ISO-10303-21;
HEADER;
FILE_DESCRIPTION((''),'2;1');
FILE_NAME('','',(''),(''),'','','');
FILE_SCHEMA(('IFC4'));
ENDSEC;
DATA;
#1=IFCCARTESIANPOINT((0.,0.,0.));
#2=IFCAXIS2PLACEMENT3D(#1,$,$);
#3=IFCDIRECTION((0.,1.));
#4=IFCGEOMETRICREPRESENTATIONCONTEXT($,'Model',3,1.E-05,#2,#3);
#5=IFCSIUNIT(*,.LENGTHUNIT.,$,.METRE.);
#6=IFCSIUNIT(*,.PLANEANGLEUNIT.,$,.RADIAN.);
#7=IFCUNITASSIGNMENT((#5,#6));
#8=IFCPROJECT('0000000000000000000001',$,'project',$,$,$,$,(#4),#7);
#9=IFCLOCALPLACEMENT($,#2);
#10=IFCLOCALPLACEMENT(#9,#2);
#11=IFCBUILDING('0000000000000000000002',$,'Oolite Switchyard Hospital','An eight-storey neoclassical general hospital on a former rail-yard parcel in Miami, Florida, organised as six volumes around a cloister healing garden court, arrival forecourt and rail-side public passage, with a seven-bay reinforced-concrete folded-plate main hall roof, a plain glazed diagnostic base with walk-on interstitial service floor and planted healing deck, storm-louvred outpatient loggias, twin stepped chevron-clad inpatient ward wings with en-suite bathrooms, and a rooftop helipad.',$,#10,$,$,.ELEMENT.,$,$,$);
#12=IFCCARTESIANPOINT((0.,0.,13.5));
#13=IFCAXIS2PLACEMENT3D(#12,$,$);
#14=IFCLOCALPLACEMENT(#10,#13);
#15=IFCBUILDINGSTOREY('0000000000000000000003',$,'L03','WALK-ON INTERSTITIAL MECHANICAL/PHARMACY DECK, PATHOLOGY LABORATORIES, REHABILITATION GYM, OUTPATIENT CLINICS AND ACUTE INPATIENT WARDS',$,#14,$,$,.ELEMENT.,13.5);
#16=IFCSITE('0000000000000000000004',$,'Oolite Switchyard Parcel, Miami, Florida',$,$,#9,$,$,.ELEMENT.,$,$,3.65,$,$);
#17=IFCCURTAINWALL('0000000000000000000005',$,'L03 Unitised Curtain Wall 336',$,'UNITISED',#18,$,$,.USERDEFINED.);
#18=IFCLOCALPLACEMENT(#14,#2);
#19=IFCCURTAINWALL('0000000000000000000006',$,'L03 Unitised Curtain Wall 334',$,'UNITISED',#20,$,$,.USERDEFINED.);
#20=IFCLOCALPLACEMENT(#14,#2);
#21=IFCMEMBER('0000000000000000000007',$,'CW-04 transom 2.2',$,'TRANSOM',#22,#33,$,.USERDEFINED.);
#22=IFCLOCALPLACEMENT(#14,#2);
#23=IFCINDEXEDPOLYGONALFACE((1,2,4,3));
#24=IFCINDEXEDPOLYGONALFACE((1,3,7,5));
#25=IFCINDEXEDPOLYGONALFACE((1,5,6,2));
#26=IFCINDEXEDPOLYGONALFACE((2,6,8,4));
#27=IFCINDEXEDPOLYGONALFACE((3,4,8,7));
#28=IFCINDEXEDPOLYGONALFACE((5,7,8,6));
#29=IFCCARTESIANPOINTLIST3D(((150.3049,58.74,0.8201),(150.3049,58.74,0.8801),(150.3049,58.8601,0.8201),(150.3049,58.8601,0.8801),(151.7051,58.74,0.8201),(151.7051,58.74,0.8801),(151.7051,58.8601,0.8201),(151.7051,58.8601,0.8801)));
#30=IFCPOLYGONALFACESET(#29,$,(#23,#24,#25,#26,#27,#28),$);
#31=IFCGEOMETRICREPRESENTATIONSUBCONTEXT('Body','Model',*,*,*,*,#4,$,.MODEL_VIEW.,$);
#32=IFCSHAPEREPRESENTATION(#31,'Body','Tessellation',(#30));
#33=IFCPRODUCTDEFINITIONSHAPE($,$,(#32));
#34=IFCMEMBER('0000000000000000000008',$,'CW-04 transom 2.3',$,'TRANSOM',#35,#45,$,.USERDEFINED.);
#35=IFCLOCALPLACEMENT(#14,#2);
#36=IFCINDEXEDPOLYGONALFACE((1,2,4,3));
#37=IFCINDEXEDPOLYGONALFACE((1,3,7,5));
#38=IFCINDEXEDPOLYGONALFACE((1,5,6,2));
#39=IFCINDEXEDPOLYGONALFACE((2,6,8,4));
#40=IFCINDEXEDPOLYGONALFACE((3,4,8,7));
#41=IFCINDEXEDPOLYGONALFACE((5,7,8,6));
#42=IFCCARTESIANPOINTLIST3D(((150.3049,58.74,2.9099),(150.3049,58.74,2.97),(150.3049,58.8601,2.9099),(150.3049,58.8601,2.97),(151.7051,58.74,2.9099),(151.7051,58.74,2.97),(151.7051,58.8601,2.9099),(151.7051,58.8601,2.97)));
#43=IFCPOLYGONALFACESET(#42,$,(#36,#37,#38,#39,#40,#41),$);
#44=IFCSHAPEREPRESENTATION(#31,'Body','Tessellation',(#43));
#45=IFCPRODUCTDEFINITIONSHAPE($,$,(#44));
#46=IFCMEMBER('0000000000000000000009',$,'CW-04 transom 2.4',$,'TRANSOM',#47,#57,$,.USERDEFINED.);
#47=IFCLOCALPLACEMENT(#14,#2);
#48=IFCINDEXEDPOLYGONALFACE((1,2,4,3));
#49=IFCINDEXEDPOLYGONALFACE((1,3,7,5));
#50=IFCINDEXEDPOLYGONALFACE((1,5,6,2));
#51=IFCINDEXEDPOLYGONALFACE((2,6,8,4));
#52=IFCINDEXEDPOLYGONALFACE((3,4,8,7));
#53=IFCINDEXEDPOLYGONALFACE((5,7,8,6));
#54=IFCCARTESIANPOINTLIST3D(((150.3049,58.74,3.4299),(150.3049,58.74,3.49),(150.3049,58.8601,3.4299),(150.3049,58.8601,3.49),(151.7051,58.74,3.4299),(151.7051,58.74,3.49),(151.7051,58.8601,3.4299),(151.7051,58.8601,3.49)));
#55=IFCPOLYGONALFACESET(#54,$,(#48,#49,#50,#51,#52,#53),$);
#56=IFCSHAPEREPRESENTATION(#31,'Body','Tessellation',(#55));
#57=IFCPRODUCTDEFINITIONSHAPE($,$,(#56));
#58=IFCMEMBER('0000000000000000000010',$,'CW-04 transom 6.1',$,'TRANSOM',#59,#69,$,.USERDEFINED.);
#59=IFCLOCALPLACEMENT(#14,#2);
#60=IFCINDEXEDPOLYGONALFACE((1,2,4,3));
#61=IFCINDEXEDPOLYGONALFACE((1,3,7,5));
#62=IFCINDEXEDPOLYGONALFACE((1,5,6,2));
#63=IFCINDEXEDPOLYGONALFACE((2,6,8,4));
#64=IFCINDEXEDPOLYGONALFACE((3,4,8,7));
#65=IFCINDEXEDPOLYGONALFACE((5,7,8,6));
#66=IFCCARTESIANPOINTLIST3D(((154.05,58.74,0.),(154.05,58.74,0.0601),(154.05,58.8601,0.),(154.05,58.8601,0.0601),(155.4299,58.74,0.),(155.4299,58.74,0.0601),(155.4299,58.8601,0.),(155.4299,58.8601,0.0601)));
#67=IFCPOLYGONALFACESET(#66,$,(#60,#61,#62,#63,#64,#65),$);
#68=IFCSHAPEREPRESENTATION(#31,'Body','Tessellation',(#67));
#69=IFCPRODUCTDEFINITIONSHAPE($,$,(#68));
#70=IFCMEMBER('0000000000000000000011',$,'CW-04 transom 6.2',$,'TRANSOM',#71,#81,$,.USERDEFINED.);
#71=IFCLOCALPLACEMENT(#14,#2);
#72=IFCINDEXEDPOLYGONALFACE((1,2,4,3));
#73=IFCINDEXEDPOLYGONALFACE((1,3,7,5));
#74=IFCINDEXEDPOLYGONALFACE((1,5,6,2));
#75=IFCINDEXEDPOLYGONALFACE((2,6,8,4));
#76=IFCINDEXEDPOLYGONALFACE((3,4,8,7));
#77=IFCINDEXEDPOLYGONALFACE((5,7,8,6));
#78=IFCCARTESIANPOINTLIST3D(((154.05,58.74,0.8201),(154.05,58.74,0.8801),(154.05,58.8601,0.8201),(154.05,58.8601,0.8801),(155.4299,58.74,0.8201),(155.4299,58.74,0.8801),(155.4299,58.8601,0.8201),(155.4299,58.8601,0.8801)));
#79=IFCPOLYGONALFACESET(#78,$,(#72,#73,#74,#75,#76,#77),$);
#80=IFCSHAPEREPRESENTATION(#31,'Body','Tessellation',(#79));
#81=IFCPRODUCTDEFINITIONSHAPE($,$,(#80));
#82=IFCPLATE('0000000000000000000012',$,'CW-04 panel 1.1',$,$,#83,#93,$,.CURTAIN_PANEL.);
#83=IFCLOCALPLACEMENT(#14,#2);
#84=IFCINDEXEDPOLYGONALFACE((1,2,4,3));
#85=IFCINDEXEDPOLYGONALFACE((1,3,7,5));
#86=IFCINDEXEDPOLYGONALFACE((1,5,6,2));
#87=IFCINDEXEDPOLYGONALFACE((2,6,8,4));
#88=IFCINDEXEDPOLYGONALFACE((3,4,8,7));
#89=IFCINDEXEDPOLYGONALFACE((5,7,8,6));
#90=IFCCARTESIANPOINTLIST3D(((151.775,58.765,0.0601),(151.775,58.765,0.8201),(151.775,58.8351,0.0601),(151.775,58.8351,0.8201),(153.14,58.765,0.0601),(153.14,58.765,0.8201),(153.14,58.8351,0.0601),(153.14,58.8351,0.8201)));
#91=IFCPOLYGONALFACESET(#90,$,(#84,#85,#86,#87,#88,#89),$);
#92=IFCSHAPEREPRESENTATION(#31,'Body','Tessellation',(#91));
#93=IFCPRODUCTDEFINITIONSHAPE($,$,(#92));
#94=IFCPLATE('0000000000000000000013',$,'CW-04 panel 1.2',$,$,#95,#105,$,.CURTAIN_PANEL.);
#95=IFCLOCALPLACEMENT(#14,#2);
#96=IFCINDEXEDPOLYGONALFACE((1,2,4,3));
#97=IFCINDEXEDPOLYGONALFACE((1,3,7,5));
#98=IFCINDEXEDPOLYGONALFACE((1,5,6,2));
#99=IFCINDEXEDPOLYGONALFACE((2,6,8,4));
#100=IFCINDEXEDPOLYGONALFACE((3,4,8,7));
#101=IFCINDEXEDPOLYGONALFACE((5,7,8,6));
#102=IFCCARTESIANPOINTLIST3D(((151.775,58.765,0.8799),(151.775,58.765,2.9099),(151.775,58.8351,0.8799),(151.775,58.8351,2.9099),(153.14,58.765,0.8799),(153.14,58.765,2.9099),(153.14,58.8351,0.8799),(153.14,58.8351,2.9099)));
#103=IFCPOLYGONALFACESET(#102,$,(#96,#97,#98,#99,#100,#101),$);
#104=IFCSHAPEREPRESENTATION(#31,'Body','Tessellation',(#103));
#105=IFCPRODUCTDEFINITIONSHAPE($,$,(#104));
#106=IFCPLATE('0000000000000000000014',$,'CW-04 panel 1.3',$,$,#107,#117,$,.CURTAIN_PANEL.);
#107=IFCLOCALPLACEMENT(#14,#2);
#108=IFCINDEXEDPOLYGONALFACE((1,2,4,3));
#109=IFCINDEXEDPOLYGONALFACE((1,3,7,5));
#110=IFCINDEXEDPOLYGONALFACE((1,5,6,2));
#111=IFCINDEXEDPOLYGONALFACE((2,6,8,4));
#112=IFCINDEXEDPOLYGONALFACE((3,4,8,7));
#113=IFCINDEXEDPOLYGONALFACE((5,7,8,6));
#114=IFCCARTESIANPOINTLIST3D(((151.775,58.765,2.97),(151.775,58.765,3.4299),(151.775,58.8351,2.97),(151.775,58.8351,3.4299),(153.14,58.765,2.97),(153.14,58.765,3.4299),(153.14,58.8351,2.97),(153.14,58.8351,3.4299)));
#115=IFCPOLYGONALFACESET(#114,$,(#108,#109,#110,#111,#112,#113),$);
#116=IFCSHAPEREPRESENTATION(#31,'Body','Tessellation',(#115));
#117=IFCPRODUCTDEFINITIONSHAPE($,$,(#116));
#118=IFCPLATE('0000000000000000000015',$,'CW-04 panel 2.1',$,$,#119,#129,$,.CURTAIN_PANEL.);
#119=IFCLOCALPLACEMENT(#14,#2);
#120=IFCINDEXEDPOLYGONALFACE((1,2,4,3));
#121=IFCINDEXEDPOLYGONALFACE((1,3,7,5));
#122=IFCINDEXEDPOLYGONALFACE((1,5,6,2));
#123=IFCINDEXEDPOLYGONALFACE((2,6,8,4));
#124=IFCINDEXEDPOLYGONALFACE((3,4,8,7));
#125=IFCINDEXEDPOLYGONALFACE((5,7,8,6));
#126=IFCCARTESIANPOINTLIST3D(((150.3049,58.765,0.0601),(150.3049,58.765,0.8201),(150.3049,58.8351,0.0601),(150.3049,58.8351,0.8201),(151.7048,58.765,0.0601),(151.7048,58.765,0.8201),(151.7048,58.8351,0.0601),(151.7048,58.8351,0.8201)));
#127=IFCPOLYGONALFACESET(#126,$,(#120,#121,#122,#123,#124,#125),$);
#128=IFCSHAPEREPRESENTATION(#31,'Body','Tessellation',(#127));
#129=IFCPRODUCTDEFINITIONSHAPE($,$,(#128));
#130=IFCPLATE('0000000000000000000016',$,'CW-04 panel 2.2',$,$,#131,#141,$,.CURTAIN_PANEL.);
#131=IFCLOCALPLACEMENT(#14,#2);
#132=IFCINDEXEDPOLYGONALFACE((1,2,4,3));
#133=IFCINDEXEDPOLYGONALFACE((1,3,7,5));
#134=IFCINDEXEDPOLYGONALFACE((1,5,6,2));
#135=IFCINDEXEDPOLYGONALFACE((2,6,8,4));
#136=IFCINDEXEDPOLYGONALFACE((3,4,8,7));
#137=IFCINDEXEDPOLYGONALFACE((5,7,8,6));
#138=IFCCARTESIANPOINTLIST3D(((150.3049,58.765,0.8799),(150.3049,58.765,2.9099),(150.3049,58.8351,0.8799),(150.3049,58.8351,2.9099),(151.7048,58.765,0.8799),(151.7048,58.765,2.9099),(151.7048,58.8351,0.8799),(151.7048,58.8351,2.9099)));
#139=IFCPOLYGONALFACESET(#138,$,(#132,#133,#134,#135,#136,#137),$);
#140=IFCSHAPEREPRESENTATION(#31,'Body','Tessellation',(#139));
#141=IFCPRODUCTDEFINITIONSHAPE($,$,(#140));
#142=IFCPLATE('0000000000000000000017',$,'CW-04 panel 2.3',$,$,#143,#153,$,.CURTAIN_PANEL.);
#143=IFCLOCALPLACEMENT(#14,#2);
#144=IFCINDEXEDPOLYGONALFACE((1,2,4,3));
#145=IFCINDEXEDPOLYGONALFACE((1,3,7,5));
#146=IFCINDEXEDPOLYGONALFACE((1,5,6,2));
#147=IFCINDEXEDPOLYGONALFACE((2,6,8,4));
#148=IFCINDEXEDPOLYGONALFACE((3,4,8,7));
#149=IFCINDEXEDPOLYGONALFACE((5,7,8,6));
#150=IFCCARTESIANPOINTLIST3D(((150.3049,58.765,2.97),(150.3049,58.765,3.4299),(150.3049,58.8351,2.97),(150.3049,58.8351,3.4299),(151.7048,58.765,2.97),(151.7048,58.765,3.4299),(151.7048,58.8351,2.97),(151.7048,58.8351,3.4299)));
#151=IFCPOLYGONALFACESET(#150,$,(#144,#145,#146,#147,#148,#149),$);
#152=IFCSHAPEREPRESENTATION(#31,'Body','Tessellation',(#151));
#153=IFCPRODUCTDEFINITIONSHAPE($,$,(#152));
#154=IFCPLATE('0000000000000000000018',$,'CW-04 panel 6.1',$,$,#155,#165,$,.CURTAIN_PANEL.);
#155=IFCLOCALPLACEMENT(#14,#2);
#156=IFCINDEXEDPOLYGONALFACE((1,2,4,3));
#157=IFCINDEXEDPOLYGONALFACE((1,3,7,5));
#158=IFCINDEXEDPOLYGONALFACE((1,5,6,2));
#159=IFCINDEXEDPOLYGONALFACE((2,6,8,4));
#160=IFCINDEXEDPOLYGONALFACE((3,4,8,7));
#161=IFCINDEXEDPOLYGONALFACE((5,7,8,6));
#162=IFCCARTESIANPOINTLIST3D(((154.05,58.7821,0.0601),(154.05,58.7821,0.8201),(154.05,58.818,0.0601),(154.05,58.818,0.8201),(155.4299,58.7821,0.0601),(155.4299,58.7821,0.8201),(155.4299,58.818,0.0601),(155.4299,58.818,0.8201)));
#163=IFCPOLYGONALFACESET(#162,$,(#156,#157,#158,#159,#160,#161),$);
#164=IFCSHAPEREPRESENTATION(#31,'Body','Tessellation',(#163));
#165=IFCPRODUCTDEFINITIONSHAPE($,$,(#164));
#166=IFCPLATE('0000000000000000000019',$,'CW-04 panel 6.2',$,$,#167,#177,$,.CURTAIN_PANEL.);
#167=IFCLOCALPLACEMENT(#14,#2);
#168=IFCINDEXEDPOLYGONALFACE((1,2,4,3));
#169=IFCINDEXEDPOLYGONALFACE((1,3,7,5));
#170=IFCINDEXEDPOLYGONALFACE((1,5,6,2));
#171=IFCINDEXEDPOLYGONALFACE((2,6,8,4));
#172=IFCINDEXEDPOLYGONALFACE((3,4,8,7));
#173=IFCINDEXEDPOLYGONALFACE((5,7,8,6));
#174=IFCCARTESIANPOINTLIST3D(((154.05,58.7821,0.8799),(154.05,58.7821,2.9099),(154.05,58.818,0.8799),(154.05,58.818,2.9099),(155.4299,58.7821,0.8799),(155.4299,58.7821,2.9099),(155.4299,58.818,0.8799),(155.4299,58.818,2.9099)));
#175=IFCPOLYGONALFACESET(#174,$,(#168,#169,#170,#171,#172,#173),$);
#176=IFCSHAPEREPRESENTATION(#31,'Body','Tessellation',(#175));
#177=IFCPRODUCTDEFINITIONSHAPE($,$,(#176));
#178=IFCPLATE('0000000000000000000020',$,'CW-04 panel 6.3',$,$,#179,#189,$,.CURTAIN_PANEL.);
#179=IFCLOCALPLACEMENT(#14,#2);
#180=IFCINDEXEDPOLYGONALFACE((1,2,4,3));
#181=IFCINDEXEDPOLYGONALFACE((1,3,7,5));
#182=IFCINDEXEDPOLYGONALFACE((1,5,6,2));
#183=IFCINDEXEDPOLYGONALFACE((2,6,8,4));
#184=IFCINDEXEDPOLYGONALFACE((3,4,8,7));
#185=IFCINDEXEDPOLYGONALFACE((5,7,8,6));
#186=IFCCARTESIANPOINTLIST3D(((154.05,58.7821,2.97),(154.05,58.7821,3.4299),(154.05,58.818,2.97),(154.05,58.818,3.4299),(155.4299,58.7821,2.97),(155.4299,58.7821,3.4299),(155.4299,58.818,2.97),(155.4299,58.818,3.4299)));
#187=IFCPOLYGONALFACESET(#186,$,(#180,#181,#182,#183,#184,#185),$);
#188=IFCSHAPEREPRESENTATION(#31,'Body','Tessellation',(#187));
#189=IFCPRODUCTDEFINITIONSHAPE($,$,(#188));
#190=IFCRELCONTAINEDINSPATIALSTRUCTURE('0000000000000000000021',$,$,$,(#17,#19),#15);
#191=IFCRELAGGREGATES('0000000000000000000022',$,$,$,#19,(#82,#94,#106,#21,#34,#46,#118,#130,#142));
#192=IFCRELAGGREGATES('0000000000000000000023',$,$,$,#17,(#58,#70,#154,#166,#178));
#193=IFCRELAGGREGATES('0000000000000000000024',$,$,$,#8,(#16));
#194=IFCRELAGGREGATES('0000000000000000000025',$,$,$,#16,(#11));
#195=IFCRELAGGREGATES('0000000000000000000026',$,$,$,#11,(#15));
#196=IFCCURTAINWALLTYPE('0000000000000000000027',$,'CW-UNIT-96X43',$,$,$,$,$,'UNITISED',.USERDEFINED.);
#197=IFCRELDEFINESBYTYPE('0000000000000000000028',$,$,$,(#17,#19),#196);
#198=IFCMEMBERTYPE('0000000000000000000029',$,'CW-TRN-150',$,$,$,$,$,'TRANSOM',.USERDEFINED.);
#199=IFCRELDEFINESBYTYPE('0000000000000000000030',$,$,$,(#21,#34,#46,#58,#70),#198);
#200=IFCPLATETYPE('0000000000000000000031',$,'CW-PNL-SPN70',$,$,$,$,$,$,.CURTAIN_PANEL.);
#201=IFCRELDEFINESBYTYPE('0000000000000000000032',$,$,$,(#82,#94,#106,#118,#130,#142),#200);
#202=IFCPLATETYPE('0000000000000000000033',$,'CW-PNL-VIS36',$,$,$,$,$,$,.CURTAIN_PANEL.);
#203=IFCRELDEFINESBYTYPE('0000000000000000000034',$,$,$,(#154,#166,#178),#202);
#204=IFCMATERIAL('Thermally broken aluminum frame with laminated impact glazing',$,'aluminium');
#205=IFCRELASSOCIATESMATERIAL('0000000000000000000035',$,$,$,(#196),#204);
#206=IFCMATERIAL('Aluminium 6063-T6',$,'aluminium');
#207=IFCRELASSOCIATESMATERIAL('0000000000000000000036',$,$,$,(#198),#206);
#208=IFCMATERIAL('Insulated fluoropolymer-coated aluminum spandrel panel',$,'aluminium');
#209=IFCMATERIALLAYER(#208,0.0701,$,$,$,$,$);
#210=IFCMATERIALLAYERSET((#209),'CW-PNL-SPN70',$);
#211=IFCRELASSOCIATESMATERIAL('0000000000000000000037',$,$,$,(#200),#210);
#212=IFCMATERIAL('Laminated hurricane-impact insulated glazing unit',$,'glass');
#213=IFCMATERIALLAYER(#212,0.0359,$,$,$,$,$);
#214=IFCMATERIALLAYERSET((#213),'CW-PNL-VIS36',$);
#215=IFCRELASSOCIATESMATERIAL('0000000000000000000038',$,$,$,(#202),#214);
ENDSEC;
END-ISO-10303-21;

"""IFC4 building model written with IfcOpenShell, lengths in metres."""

from ifc_helpers import new_model, si_unit, direction, frame, origin, origin_2d, place, context, subcontext, project, spatial, rectangle, extrude, material, layer, layer_set, material_profile, profile_set, type_object, element, aggregate, save


model = new_model("IFC4")

# Units and contexts
model_context = context("Model", 3, precision=1e-05, world=origin(), true_north=direction((0.0, 1.0)))
body_context = subcontext(model_context, "Body", "Model", "MODEL_VIEW")
ifc_project = project(units=[si_unit("LENGTHUNIT", "METRE"), si_unit("PLANEANGLEUNIT", "RADIAN")], contexts=[model_context])

# Site, building, storey
site_placement = place(None, origin())
site = spatial("IfcSite", under=ifc_project, at=site_placement, Name="Oolite Switchyard Parcel, Miami, Florida", CompositionType="ELEMENT", RefElevation=3.65)
building_placement = place(site_placement, origin())
building = spatial("IfcBuilding", under=site, at=building_placement, Name="Oolite Switchyard Hospital", Description="An eight-storey neoclassical general hospital on a former rail-yard parcel in Miami, Florida, organised as six volumes around a cloister healing garden court, arrival forecourt and rail-side public passage, with a seven-bay reinforced-concrete folded-plate main hall roof, a plain glazed diagnostic base with walk-on interstitial service floor and planted healing deck, storm-louvred outpatient loggias, twin stepped chevron-clad inpatient ward wings with en-suite bathrooms, and a rooftop helipad.", CompositionType="ELEMENT")
storey_placement = place(building_placement, frame((0.0, 0.0, 13.5)))
storey = spatial("IfcBuildingStorey", under=building, at=storey_placement, Name="L03", Description="WALK-ON INTERSTITIAL MECHANICAL/PHARMACY DECK, PATHOLOGY LABORATORIES, REHABILITATION GYM, OUTPATIENT CLINICS AND ACUTE INPATIENT WARDS", CompositionType="ELEMENT", Elevation=13.5)

# Curtain wall
ifc_material_1 = material(Name="Thermally broken aluminum frame with laminated impact glazing", Category="aluminium")
curtain_wall_type = type_object("IfcCurtainWallType", Name="CW-UNIT-96X43", ElementType="UNITISED", PredefinedType="USERDEFINED", material=ifc_material_1)
curtain_wall_1_placement = place(storey_placement, origin())
curtain_wall_1 = element("IfcCurtainWall", 1, at=curtain_wall_1_placement, inside=storey, type_object=curtain_wall_type, Name="L03 Unitised Curtain Wall 336", ObjectType="UNITISED", PredefinedType="USERDEFINED")
ifc_material_2 = material(Name="Aluminium 6063-T6", Category="aluminium")

# Curtain wall, members
curtain_wall_2_placement = place(storey_placement, origin())
curtain_wall_2 = element("IfcCurtainWall", 2, at=curtain_wall_2_placement, inside=storey, type_object=curtain_wall_type, Name="L03 Unitised Curtain Wall 334", ObjectType="UNITISED", PredefinedType="USERDEFINED")
ifc_material_profile_1 = material_profile(ifc_material_2, rectangle(XDim=0.1201, YDim=0.0601, at=origin_2d()), Name="CWT60X120")
ifc_profile_set_1 = profile_set([ifc_material_profile_1], Name="Aluminium 6063-T6")
member_type_1 = type_object("IfcMemberType", Name="CW-TRN-150", ElementType="TRANSOM", PredefinedType="USERDEFINED", material=ifc_profile_set_1)
member_1_placement = place(storey_placement, frame((151.7051, 58.8, 0.8501), z_axis=(-1.0, 0.0, 0.0), x_axis=(0.0, -1.0, 0.0)))
member_1 = element("IfcMember", 3, at=member_1_placement, type_object=member_type_1, Name="CW-04 transom 2.2", ObjectType="TRANSOM", PredefinedType="USERDEFINED", context=body_context, shape_type="SweptSolid", body=[
    extrude(rectangle(XDim=0.1201, YDim=0.0601, at=origin_2d()), origin(), (0.0, 0.0, 1.0), 1.4001),
])
member_2_placement = place(storey_placement, frame((151.7051, 58.8, 2.9399), z_axis=(-1.0, 0.0, 0.0), x_axis=(0.0, -1.0, 0.0)))
member_2 = element("IfcMember", 4, at=member_2_placement, type_object=member_type_1, Name="CW-04 transom 2.3", ObjectType="TRANSOM", PredefinedType="USERDEFINED", context=body_context, shape_type="SweptSolid", body=[
    extrude(rectangle(XDim=0.1201, YDim=0.0601, at=origin_2d()), origin(), (0.0, 0.0, 1.0), 1.4001),
])
member_3_placement = place(storey_placement, frame((151.7051, 58.8, 3.46), z_axis=(-1.0, 0.0, 0.0), x_axis=(0.0, -1.0, 0.0)))
member_3 = element("IfcMember", 5, at=member_3_placement, type_object=member_type_1, Name="CW-04 transom 2.4", ObjectType="TRANSOM", PredefinedType="USERDEFINED", context=body_context, shape_type="SweptSolid", body=[
    extrude(rectangle(XDim=0.1201, YDim=0.0601, at=origin_2d()), origin(), (0.0, 0.0, 1.0), 1.4001),
])

# Members
member_4_placement = place(storey_placement, frame((155.4299, 58.8, 0.03), z_axis=(-1.0, 0.0, 0.0), x_axis=(0.0, -1.0, 0.0)))
member_4 = element("IfcMember", 6, at=member_4_placement, type_object=member_type_1, Name="CW-04 transom 6.1", ObjectType="TRANSOM", PredefinedType="USERDEFINED", context=body_context, shape_type="SweptSolid", body=[
    extrude(rectangle(XDim=0.1201, YDim=0.0601, at=origin_2d()), origin(), (0.0, 0.0, 1.0), 1.3799),
])
member_5_placement = place(storey_placement, frame((155.4299, 58.8, 0.8501), z_axis=(-1.0, 0.0, 0.0), x_axis=(0.0, -1.0, 0.0)))
member_5 = element("IfcMember", 7, at=member_5_placement, type_object=member_type_1, Name="CW-04 transom 6.2", ObjectType="TRANSOM", PredefinedType="USERDEFINED", context=body_context, shape_type="SweptSolid", body=[
    extrude(rectangle(XDim=0.1201, YDim=0.0601, at=origin_2d()), origin(), (0.0, 0.0, 1.0), 1.3799),
])

# Plates
ifc_material_3 = material(Name="Insulated fluoropolymer-coated aluminum spandrel panel", Category="aluminium")
ifc_layer_1 = layer(ifc_material_3, 0.0701)
ifc_layer_set_1 = layer_set([ifc_layer_1], Name="CW-PNL-SPN70")
plate_type_1 = type_object("IfcPlateType", Name="CW-PNL-SPN70", PredefinedType="CURTAIN_PANEL", material=ifc_layer_set_1)
plate_1_placement = place(storey_placement, frame((152.4575, 58.8, 0.0601), z_axis=(0.0, 0.0, 1.0), x_axis=(-1.0, 0.0, 0.0)))
plate_1 = element("IfcPlate", 8, at=plate_1_placement, type_object=plate_type_1, Name="CW-04 panel 1.1", PredefinedType="CURTAIN_PANEL", context=body_context, shape_type="SweptSolid", body=[
    extrude(rectangle(XDim=1.365, YDim=0.0701, at=origin_2d()), origin(), (0.0, 0.0, 1.0), 0.76),
])
plate_2_placement = place(storey_placement, frame((152.4575, 58.8, 0.8799), z_axis=(0.0, 0.0, 1.0), x_axis=(-1.0, 0.0, 0.0)))
plate_2 = element("IfcPlate", 9, at=plate_2_placement, type_object=plate_type_1, Name="CW-04 panel 1.2", PredefinedType="CURTAIN_PANEL", context=body_context, shape_type="SweptSolid", body=[
    extrude(rectangle(XDim=1.365, YDim=0.0701, at=origin_2d()), origin(), (0.0, 0.0, 1.0), 2.03),
])
plate_3_placement = place(storey_placement, frame((152.4575, 58.8, 2.97), z_axis=(0.0, 0.0, 1.0), x_axis=(-1.0, 0.0, 0.0)))
plate_3 = element("IfcPlate", 10, at=plate_3_placement, type_object=plate_type_1, Name="CW-04 panel 1.3", PredefinedType="CURTAIN_PANEL", context=body_context, shape_type="SweptSolid", body=[
    extrude(rectangle(XDim=1.365, YDim=0.0701, at=origin_2d()), origin(), (0.0, 0.0, 1.0), 0.46),
])
plate_4_placement = place(storey_placement, frame((151.0049, 58.8, 0.0601), z_axis=(0.0, 0.0, 1.0), x_axis=(-1.0, 0.0, 0.0)))
plate_4 = element("IfcPlate", 11, at=plate_4_placement, type_object=plate_type_1, Name="CW-04 panel 2.1", PredefinedType="CURTAIN_PANEL", context=body_context, shape_type="SweptSolid", body=[
    extrude(rectangle(XDim=1.3999, YDim=0.0701, at=origin_2d()), origin(), (0.0, 0.0, 1.0), 0.76),
])
plate_5_placement = place(storey_placement, frame((151.0049, 58.8, 0.8799), z_axis=(0.0, 0.0, 1.0), x_axis=(-1.0, 0.0, 0.0)))
plate_5 = element("IfcPlate", 12, at=plate_5_placement, type_object=plate_type_1, Name="CW-04 panel 2.2", PredefinedType="CURTAIN_PANEL", context=body_context, shape_type="SweptSolid", body=[
    extrude(rectangle(XDim=1.3999, YDim=0.0701, at=origin_2d()), origin(), (0.0, 0.0, 1.0), 2.03),
])
plate_6_placement = place(storey_placement, frame((151.0049, 58.8, 2.97), z_axis=(0.0, 0.0, 1.0), x_axis=(-1.0, 0.0, 0.0)))
plate_6 = element("IfcPlate", 13, at=plate_6_placement, type_object=plate_type_1, Name="CW-04 panel 2.3", PredefinedType="CURTAIN_PANEL", context=body_context, shape_type="SweptSolid", body=[
    extrude(rectangle(XDim=1.3999, YDim=0.0701, at=origin_2d()), origin(), (0.0, 0.0, 1.0), 0.46),
])
aggregate(curtain_wall_2, [plate_1, plate_2, plate_3, member_1, member_2, member_3, plate_4, plate_5, plate_6])
ifc_material_4 = material(Name="Laminated hurricane-impact insulated glazing unit", Category="glass")
ifc_layer_2 = layer(ifc_material_4, 0.0359)
ifc_layer_set_2 = layer_set([ifc_layer_2], Name="CW-PNL-VIS36")
plate_type_2 = type_object("IfcPlateType", Name="CW-PNL-VIS36", PredefinedType="CURTAIN_PANEL", material=ifc_layer_set_2)
plate_7_placement = place(storey_placement, frame((154.74, 58.8, 0.0601), z_axis=(0.0, 0.0, 1.0), x_axis=(-1.0, 0.0, 0.0)))
plate_7 = element("IfcPlate", 14, at=plate_7_placement, type_object=plate_type_2, Name="CW-04 panel 6.1", PredefinedType="CURTAIN_PANEL", context=body_context, shape_type="SweptSolid", body=[
    extrude(rectangle(XDim=1.3799, YDim=0.0359, at=origin_2d()), origin(), (0.0, 0.0, 1.0), 0.76),
])
plate_8_placement = place(storey_placement, frame((154.74, 58.8, 0.8799), z_axis=(0.0, 0.0, 1.0), x_axis=(-1.0, 0.0, 0.0)))
plate_8 = element("IfcPlate", 15, at=plate_8_placement, type_object=plate_type_2, Name="CW-04 panel 6.2", PredefinedType="CURTAIN_PANEL", context=body_context, shape_type="SweptSolid", body=[
    extrude(rectangle(XDim=1.3799, YDim=0.0359, at=origin_2d()), origin(), (0.0, 0.0, 1.0), 2.03),
])
plate_9_placement = place(storey_placement, frame((154.74, 58.8, 2.97), z_axis=(0.0, 0.0, 1.0), x_axis=(-1.0, 0.0, 0.0)))
plate_9 = element("IfcPlate", 16, at=plate_9_placement, type_object=plate_type_2, Name="CW-04 panel 6.3", PredefinedType="CURTAIN_PANEL", context=body_context, shape_type="SweptSolid", body=[
    extrude(rectangle(XDim=1.3799, YDim=0.0359, at=origin_2d()), origin(), (0.0, 0.0, 1.0), 0.46),
])
aggregate(curtain_wall_1, [member_4, member_5, plate_7, plate_8, plate_9])

save(model, "model.ifc")
